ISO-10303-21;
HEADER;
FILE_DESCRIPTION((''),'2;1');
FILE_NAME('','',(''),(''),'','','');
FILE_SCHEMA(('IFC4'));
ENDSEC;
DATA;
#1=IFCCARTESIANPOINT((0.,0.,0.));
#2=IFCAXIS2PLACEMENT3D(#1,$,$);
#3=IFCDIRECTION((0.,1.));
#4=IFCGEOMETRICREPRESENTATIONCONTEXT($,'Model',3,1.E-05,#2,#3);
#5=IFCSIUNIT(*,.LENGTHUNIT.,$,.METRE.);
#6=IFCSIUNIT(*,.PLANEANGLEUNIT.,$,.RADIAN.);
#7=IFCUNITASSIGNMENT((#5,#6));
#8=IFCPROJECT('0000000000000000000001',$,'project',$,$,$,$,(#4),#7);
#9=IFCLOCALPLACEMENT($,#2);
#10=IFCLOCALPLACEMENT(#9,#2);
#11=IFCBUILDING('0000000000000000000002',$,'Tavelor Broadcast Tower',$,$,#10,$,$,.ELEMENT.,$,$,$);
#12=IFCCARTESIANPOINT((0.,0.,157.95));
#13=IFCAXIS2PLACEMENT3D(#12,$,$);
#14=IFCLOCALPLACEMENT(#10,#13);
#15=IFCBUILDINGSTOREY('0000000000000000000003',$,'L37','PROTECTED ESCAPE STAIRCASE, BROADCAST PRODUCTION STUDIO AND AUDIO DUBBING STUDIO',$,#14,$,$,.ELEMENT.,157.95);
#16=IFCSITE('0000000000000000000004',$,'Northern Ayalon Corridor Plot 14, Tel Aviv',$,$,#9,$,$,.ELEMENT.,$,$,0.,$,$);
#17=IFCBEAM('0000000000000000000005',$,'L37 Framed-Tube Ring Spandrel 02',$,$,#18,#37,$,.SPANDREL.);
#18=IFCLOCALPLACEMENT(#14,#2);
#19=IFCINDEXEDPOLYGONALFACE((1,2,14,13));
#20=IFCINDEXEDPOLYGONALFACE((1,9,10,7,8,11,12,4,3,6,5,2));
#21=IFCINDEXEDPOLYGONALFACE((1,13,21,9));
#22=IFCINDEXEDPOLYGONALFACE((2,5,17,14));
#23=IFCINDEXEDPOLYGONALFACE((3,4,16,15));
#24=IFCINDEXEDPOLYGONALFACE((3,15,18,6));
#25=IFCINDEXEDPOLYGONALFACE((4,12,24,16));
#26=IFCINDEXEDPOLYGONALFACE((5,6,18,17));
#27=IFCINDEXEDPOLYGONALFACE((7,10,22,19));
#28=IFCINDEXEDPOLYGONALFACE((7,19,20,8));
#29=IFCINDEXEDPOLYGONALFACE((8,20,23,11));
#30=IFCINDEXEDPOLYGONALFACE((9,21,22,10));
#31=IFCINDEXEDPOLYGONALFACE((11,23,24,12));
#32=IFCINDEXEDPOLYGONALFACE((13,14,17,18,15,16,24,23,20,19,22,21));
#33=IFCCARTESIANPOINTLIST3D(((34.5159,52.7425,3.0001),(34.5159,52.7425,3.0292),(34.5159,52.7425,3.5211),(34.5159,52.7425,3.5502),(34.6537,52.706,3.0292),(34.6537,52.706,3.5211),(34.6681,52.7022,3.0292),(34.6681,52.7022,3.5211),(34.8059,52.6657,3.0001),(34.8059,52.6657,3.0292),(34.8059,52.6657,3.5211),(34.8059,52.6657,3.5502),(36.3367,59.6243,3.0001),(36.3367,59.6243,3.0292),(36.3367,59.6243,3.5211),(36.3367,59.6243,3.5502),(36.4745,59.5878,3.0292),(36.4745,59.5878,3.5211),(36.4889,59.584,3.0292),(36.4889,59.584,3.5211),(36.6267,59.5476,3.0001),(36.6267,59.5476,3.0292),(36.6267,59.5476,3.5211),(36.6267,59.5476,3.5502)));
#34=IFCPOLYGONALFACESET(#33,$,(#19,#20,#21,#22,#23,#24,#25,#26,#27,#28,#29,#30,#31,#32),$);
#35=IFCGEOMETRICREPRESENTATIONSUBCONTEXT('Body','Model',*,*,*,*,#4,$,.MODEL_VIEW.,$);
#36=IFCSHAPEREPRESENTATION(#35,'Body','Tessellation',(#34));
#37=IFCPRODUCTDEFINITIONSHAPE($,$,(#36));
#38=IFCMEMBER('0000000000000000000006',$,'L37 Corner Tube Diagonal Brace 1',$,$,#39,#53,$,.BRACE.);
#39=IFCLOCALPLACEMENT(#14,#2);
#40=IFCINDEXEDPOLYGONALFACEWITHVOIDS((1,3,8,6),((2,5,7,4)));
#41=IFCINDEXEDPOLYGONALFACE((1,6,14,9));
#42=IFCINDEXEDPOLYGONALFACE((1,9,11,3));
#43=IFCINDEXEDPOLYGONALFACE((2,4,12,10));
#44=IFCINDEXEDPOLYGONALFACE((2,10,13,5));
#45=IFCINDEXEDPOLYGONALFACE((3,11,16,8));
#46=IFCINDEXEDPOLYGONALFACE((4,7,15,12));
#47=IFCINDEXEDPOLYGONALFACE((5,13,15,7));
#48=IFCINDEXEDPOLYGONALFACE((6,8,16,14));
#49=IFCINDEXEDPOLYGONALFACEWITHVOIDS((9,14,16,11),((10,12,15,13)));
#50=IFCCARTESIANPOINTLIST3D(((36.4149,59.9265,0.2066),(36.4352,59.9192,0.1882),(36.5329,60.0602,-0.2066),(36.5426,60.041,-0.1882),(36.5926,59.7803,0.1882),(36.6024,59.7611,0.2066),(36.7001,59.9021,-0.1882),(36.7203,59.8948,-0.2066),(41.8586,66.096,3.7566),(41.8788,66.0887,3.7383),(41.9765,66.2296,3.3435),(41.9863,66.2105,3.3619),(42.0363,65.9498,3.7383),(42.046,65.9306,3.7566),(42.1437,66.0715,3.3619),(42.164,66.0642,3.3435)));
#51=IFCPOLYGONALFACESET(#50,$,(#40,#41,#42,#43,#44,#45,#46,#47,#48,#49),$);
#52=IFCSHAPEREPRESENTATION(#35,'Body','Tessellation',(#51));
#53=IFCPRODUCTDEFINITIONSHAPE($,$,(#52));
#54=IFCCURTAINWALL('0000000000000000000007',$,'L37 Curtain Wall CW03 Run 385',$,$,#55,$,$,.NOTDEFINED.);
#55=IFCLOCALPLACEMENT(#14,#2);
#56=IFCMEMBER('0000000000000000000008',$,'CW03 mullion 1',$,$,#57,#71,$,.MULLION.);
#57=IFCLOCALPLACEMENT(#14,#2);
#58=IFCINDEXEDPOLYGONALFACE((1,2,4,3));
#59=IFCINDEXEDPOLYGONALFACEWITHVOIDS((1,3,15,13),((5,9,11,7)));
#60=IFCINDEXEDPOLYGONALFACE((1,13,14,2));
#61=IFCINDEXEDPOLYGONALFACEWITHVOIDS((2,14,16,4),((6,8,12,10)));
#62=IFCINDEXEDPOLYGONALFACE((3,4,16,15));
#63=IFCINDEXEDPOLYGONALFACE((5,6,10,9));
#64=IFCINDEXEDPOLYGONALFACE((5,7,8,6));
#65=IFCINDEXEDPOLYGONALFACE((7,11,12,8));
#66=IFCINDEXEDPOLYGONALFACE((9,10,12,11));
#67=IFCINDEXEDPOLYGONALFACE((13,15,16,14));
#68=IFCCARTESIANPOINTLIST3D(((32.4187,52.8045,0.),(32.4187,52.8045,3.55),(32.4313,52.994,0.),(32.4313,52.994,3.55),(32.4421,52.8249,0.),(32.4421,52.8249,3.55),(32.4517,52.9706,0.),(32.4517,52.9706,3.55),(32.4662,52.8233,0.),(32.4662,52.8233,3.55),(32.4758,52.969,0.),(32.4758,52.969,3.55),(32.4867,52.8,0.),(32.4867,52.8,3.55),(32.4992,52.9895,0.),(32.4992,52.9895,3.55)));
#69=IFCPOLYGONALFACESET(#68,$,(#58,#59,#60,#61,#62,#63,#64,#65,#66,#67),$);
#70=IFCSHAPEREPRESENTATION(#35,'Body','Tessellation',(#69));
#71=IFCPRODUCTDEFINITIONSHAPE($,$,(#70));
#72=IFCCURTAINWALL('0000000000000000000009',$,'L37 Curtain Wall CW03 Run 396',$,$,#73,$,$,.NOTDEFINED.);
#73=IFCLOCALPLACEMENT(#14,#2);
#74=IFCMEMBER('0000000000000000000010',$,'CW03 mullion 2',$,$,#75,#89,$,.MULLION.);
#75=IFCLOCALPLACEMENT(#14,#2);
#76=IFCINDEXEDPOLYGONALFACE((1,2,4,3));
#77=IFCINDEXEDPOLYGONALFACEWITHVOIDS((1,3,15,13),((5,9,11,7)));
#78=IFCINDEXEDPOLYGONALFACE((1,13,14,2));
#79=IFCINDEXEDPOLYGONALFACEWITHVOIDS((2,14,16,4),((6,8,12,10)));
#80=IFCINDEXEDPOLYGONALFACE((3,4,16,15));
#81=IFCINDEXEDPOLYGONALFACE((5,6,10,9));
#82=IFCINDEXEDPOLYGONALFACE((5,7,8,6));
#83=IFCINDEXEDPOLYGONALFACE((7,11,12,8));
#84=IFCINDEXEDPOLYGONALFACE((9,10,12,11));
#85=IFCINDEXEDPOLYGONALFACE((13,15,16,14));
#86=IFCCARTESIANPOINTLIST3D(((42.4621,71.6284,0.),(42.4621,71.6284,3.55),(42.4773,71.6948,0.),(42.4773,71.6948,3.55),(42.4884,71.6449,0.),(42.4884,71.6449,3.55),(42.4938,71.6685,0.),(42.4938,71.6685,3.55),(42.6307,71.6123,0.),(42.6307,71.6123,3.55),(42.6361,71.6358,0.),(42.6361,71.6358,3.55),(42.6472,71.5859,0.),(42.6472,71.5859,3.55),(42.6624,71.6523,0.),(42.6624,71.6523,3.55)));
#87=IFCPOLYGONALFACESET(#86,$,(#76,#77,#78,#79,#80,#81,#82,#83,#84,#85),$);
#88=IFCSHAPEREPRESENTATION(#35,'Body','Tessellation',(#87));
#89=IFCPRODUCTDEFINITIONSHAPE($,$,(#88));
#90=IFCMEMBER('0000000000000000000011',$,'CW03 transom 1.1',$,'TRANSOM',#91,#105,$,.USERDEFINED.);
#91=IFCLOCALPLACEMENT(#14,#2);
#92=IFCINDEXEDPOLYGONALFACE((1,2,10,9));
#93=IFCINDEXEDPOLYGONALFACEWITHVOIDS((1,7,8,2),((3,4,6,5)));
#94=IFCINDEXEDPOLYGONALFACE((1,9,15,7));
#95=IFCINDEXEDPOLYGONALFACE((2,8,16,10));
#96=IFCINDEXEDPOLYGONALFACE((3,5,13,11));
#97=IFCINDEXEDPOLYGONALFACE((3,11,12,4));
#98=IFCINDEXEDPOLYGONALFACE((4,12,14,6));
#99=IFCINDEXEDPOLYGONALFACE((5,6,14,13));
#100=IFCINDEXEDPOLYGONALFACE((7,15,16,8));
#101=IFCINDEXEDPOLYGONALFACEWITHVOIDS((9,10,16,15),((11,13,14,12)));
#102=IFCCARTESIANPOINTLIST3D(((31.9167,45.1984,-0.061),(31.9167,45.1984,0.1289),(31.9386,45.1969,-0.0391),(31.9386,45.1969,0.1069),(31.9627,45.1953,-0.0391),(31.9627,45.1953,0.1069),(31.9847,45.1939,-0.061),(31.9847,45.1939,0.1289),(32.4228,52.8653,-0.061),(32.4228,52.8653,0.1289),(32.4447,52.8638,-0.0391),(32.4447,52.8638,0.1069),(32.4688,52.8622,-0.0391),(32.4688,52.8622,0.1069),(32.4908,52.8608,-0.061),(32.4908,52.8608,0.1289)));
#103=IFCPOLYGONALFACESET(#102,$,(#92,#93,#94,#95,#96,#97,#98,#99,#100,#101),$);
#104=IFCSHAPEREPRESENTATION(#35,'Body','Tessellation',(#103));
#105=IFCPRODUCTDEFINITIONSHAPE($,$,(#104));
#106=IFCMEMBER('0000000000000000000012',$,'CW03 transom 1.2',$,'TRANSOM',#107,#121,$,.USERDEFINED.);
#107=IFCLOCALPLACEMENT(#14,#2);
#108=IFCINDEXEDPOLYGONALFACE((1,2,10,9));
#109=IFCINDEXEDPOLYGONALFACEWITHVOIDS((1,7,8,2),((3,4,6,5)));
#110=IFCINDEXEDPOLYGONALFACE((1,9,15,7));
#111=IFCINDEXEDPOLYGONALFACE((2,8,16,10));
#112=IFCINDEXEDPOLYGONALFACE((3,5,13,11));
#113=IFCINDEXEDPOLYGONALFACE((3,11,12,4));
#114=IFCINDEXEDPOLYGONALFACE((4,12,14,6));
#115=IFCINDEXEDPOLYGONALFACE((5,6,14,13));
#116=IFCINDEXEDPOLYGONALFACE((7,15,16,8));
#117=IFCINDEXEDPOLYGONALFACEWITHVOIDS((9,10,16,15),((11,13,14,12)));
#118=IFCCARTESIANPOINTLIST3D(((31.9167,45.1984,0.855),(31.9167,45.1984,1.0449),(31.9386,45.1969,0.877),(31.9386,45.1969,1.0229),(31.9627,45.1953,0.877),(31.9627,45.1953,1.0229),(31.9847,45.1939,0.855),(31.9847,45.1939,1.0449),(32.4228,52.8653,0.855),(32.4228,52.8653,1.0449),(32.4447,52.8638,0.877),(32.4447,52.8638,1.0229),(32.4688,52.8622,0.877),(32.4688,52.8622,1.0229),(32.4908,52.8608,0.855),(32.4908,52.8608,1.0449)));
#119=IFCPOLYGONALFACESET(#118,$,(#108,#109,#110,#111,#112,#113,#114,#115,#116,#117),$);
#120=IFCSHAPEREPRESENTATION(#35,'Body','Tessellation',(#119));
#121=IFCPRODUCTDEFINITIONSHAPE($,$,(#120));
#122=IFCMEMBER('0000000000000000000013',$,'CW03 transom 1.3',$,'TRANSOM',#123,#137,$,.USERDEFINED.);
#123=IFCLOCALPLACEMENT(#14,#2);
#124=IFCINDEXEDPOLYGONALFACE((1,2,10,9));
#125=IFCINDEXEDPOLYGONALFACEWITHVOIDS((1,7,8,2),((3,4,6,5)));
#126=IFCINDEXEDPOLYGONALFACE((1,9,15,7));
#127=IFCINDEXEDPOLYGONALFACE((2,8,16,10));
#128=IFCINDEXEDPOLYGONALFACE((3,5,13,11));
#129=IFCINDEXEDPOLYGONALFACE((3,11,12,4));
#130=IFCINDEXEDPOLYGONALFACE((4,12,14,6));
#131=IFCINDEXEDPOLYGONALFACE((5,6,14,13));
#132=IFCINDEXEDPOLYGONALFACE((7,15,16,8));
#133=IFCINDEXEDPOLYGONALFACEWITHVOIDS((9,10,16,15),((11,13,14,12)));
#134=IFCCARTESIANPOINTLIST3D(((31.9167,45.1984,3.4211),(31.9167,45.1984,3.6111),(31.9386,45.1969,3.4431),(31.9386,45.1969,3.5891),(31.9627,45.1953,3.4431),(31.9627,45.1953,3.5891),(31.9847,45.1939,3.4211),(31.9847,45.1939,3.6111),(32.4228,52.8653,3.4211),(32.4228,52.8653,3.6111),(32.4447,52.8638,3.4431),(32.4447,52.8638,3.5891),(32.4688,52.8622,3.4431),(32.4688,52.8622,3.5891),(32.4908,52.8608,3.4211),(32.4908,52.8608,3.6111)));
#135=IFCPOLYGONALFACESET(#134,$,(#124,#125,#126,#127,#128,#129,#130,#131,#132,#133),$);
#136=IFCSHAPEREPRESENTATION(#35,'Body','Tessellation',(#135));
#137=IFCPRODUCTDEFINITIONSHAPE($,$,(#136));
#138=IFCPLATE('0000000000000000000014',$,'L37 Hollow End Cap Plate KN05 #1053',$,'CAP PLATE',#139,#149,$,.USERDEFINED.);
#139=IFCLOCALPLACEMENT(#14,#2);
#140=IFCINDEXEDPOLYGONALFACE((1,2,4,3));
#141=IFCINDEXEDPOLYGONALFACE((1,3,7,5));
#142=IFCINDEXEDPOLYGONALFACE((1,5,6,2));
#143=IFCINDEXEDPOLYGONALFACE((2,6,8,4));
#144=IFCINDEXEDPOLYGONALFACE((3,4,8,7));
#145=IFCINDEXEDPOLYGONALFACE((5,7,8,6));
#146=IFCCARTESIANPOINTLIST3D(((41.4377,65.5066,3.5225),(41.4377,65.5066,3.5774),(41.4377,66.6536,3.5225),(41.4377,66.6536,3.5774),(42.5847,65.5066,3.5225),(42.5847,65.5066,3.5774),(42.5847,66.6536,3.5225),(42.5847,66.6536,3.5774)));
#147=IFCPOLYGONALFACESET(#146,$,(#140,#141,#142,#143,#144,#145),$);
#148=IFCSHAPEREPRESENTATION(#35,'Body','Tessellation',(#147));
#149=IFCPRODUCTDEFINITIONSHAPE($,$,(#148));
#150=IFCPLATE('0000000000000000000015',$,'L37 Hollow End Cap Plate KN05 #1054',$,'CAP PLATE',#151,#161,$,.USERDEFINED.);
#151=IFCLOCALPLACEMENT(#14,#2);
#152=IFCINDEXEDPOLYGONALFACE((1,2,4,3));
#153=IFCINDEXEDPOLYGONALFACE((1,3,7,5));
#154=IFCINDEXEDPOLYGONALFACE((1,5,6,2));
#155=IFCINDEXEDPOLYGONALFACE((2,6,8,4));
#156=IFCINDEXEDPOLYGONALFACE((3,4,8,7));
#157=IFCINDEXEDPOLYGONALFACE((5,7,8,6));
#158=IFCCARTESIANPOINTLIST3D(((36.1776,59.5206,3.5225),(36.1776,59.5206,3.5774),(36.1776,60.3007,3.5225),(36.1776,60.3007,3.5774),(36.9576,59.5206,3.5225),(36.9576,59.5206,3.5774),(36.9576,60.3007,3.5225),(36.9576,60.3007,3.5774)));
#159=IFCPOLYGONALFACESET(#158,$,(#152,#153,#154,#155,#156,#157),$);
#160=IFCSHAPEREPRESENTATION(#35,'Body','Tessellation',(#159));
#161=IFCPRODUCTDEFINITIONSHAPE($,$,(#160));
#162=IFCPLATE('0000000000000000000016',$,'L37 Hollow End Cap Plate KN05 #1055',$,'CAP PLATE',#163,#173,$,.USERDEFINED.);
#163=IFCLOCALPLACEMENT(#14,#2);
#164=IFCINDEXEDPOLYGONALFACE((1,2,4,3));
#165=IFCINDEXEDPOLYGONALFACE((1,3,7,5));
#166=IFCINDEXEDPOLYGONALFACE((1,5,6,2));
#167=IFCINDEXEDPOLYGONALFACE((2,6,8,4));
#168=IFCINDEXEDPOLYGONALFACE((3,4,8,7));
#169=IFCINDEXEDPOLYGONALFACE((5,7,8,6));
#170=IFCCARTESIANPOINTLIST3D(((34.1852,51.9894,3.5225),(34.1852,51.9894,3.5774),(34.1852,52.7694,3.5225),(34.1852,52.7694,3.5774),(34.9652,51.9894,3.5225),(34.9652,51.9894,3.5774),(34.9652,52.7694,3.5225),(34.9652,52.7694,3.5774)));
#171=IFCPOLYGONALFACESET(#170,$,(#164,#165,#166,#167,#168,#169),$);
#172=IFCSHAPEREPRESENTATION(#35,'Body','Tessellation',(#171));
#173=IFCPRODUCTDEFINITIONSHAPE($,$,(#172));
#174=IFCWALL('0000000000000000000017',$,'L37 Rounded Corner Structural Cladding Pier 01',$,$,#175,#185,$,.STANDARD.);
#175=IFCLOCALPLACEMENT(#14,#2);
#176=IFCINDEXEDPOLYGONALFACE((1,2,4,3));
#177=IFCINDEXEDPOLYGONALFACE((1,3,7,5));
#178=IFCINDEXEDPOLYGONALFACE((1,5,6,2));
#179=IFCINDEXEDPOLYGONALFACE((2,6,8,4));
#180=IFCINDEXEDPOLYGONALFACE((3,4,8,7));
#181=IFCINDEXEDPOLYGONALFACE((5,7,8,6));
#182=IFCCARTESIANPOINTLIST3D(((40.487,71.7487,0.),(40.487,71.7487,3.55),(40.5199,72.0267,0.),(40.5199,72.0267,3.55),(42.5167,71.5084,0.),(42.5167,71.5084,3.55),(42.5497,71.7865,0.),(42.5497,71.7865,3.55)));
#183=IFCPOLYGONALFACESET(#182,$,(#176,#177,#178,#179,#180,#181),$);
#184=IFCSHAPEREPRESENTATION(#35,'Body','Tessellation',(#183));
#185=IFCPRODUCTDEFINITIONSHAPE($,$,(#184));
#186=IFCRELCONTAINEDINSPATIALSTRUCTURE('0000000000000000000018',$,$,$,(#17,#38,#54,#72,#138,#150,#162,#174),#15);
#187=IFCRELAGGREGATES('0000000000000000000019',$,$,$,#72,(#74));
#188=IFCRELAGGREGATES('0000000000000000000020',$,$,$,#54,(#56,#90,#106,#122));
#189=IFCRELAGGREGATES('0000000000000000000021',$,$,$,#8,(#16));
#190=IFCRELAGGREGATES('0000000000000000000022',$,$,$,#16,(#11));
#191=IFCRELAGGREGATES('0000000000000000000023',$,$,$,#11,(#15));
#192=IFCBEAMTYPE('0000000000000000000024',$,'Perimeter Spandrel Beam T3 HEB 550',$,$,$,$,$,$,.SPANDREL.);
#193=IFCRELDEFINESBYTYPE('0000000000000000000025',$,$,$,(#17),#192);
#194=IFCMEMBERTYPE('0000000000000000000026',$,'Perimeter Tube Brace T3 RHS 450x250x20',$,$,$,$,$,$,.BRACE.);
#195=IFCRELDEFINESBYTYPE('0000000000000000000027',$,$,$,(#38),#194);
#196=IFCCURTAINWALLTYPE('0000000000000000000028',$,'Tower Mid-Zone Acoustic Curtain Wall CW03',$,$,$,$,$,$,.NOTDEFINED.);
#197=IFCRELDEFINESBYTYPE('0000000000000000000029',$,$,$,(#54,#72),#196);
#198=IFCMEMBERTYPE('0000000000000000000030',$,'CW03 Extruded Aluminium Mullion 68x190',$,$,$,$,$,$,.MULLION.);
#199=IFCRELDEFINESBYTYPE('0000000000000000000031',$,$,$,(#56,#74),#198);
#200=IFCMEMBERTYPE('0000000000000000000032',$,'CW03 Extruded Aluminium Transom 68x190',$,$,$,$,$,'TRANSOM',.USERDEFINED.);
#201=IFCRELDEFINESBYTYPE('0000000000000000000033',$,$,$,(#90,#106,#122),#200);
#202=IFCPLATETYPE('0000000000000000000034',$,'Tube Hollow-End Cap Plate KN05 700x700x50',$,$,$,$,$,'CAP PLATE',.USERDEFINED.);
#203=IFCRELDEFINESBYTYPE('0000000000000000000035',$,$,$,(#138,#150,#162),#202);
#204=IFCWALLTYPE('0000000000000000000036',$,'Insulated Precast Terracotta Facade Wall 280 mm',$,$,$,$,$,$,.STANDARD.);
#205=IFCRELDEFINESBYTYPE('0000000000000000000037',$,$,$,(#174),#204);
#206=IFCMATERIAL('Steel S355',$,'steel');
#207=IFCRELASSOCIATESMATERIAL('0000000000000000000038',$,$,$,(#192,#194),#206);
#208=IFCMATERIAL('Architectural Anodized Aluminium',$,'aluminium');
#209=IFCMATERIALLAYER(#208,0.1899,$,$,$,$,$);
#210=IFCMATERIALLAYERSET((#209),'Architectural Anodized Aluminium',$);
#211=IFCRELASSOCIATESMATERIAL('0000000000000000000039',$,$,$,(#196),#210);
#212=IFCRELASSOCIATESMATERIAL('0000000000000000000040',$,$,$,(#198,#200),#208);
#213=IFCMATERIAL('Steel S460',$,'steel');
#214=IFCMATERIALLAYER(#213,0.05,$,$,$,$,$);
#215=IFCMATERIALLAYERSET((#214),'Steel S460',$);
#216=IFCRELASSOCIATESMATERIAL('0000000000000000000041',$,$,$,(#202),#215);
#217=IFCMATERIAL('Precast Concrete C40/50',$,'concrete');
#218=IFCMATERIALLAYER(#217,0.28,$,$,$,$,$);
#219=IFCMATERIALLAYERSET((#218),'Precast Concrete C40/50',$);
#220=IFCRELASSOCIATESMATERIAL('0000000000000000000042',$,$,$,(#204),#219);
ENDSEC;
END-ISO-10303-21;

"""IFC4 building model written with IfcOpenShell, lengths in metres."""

from ifc_helpers import new_model, si_unit, direction, frame, frame_2d, origin, origin_2d, place, context, subcontext, project, spatial, rectangle, hollow_rectangle, i_section, extrude, source, transform, mapped, material, layer, layer_set, material_profile, profile_set, type_object, type_shapes, element, aggregate, save


model = new_model("IFC4")

# Units and contexts
model_context = context("Model", 3, precision=1e-05, world=origin(), true_north=direction((0.0, 1.0)))
body_context = subcontext(model_context, "Body", "Model", "MODEL_VIEW")
ifc_project = project(units=[si_unit("LENGTHUNIT", "METRE"), si_unit("PLANEANGLEUNIT", "RADIAN")], contexts=[model_context])

# Site, building, storey
site_placement = place(None, origin())
site = spatial("IfcSite", under=ifc_project, at=site_placement, Name="Northern Ayalon Corridor Plot 14, Tel Aviv", CompositionType="ELEMENT", RefElevation=0.0)
building_placement = place(site_placement, origin())
building = spatial("IfcBuilding", under=site, at=building_placement, Name="Tavelor Broadcast Tower", CompositionType="ELEMENT")
storey_placement = place(building_placement, frame((0.0, 0.0, 157.95)))
storey = spatial("IfcBuildingStorey", under=building, at=storey_placement, Name="L37", Description="PROTECTED ESCAPE STAIRCASE, BROADCAST PRODUCTION STUDIO AND AUDIO DUBBING STUDIO", CompositionType="ELEMENT", Elevation=157.95)

# Shared definitions
ifc_material_1 = material(Name="Steel S460", Category="steel")

# Beam
ifc_material_2 = material(Name="Steel S355", Category="steel")
ifc_material_profile_1 = material_profile(ifc_material_2, i_section(OverallWidth=0.3, OverallDepth=0.55, WebThickness=0.0149, FlangeThickness=0.0291, at=origin_2d()), Name="HEB 550")
ifc_profile_set_1 = profile_set([ifc_material_profile_1], Name="Steel S355")
beam_type_1 = type_object("IfcBeamType", Name="Perimeter Spandrel Beam T3 HEB 550", PredefinedType="SPANDREL", material=ifc_profile_set_1)
beam_1_placement = place(storey_placement, frame((36.4817, 59.5859, 3.2751), z_axis=(-0.255779, -0.966735, 0.0), x_axis=(0.966735, -0.255779, 0.0)))
element("IfcBeam", 1, at=beam_1_placement, inside=storey, type_object=beam_type_1, Name="L37 Framed-Tube Ring Spandrel 02", PredefinedType="SPANDREL", context=body_context, shape_type="SweptSolid", body=[
    extrude(i_section(OverallWidth=0.3, OverallDepth=0.55, WebThickness=0.0149, FlangeThickness=0.0291, at=origin_2d()), origin(), (0.0, 0.0, 1.0), 7.1187),
])

# Member
ifc_material_profile_2 = material_profile(ifc_material_2, hollow_rectangle(XDim=0.25, YDim=0.45, WallThickness=0.02, at=origin_2d()), Name="RHS 450x250x20")
ifc_profile_set_2 = profile_set([ifc_material_profile_2], Name="Steel S355")
member_type_1 = type_object("IfcMemberType", Name="Perimeter Tube Brace T3 RHS 450x250x20", PredefinedType="BRACE", material=ifc_profile_set_2)
member_1_placement = place(storey_placement, frame((36.5676, 59.9106, 0.0), z_axis=(0.607485, 0.688484, 0.396171), x_axis=(-0.749839, 0.661621, 0.0)))
element("IfcMember", 2, at=member_1_placement, inside=storey, type_object=member_type_1, Name="L37 Corner Tube Diagonal Brace 1", PredefinedType="BRACE", context=body_context, shape_type="SweptSolid", body=[
    extrude(hollow_rectangle(XDim=0.25, YDim=0.45, WallThickness=0.02, at=origin_2d()), origin(), (0.0, 0.0, 1.0), 8.9609),
])

# Curtain walls, members
ifc_material_3 = material(Name="Architectural Anodized Aluminium", Category="aluminium")
ifc_layer_1 = layer(ifc_material_3, 0.1899)
ifc_layer_set_1 = layer_set([ifc_layer_1], Name="Architectural Anodized Aluminium")
curtain_wall_type = type_object("IfcCurtainWallType", Name="Tower Mid-Zone Acoustic Curtain Wall CW03", PredefinedType="NOTDEFINED", material=ifc_layer_set_1)
curtain_wall_1_placement = place(storey_placement, origin())
curtain_wall_1 = element("IfcCurtainWall", 3, at=curtain_wall_1_placement, inside=storey, type_object=curtain_wall_type, Name="L37 Curtain Wall CW03 Run 385", PredefinedType="NOTDEFINED")
ifc_material_profile_3 = material_profile(ifc_material_3, hollow_rectangle(XDim=0.0681, YDim=0.1899, WallThickness=0.022, at=origin_2d()), Name="RHS 68x190x22")
ifc_profile_set_3 = profile_set([ifc_material_profile_3], Name="Architectural Anodized Aluminium")
member_type_2 = type_object("IfcMemberType", Name="CW03 Extruded Aluminium Mullion 68x190", PredefinedType="MULLION", material=ifc_profile_set_3)
shared_shape_1 = source(origin(), body_context, "Body", "SweptSolid", [
    extrude(hollow_rectangle(XDim=0.0681, YDim=0.1899, WallThickness=0.022, at=origin_2d()), origin(), (0.0, 0.0, 1.0), 3.55),
])
type_shapes(member_type_2, [shared_shape_1])
member_2_placement = place(storey_placement, frame((32.459, 52.897, 0.0), z_axis=(0.0, 0.0, 1.0), x_axis=(0.99783, -0.065848, 0.0)))
member_2 = element("IfcMember", 4, at=member_2_placement, type_object=member_type_2, Name="CW03 mullion 1", PredefinedType="MULLION", context=body_context, shape_type="MappedRepresentation", body=[
    mapped(shared_shape_1, transform((0.0, 0.0, 0.0), scale=1.0)),
])
curtain_wall_2_placement = place(storey_placement, origin())
curtain_wall_2 = element("IfcCurtainWall", 5, at=curtain_wall_2_placement, inside=storey, type_object=curtain_wall_type, Name="L37 Curtain Wall CW03 Run 396", PredefinedType="NOTDEFINED")
member_3_placement = place(storey_placement, frame((42.5623, 71.6404, 0.0), z_axis=(0.0, 0.0, 1.0), x_axis=(-0.223653, -0.974669, 0.0)))
member_3 = element("IfcMember", 6, at=member_3_placement, type_object=member_type_2, Name="CW03 mullion 2", PredefinedType="MULLION", context=body_context, shape_type="MappedRepresentation", body=[
    mapped(shared_shape_1, transform((0.0, 0.0, 0.0), scale=1.0)),
])
aggregate(curtain_wall_2, [member_3])

# Members
ifc_material_profile_4 = material_profile(ifc_material_3, hollow_rectangle(XDim=0.0681, YDim=0.1899, WallThickness=0.022, at=origin_2d()), Name="RHS 68x190x22")
ifc_profile_set_4 = profile_set([ifc_material_profile_4], Name="Architectural Anodized Aluminium")
member_type_3 = type_object("IfcMemberType", Name="CW03 Extruded Aluminium Transom 68x190", ElementType="TRANSOM", PredefinedType="USERDEFINED", material=ifc_profile_set_4)
shared_shape_2 = source(origin(), body_context, "Body", "SweptSolid", [
    extrude(hollow_rectangle(XDim=0.0681, YDim=0.1899, WallThickness=0.022, at=origin_2d()), origin(), (0.0, 0.0, 1.0), 7.6836),
])
type_shapes(member_type_3, [shared_shape_2])
member_4_placement = place(storey_placement, frame((32.4568, 52.863, 0.0339), z_axis=(-0.065867, -0.997828, 0.0), x_axis=(0.997828, -0.065867, 0.0)))
member_4 = element("IfcMember", 7, at=member_4_placement, type_object=member_type_3, Name="CW03 transom 1.1", ObjectType="TRANSOM", PredefinedType="USERDEFINED", context=body_context, shape_type="MappedRepresentation", body=[
    mapped(shared_shape_2, transform((0.0, 0.0, 0.0), scale=1.0)),
])
member_5_placement = place(storey_placement, frame((32.4568, 52.863, 0.95), z_axis=(-0.065867, -0.997828, 0.0), x_axis=(0.997828, -0.065867, 0.0)))
member_5 = element("IfcMember", 8, at=member_5_placement, type_object=member_type_3, Name="CW03 transom 1.2", ObjectType="TRANSOM", PredefinedType="USERDEFINED", context=body_context, shape_type="MappedRepresentation", body=[
    mapped(shared_shape_2, transform((0.0, 0.0, 0.0), scale=1.0)),
])
member_6_placement = place(storey_placement, frame((32.4568, 52.863, 3.5161), z_axis=(-0.065867, -0.997828, 0.0), x_axis=(0.997828, -0.065867, 0.0)))
member_6 = element("IfcMember", 9, at=member_6_placement, type_object=member_type_3, Name="CW03 transom 1.3", ObjectType="TRANSOM", PredefinedType="USERDEFINED", context=body_context, shape_type="MappedRepresentation", body=[
    mapped(shared_shape_2, transform((0.0, 0.0, 0.0), scale=1.0)),
])
aggregate(curtain_wall_1, [member_2, member_4, member_5, member_6])

# Plates
ifc_layer_2 = layer(ifc_material_1, 0.05)
ifc_layer_set_2 = layer_set([ifc_layer_2], Name="Steel S460")
plate_type = type_object("IfcPlateType", Name="Tube Hollow-End Cap Plate KN05 700x700x50", ElementType="CAP PLATE", PredefinedType="USERDEFINED", material=ifc_layer_set_2)
shared_shape_3 = source(origin(), body_context, "Body", "SweptSolid", [
    extrude(rectangle(XDim=1.147, YDim=1.147, at=origin_2d()), origin(), (0.0, 0.0, 1.0), 0.0549),
])
plate_placement = place(storey_placement, frame((42.0112, 66.0801, 3.5225), z_axis=(0.0, 0.0, 1.0), x_axis=(1.0, 0.0, 0.0)))
element("IfcPlate", 10, at=plate_placement, inside=storey, type_object=plate_type, Name="L37 Hollow End Cap Plate KN05 #1053", ObjectType="CAP PLATE", PredefinedType="USERDEFINED", context=body_context, shape_type="MappedRepresentation", body=[
    mapped(shared_shape_3, transform((0.0, 0.0, 0.0), scale=1.0)),
])
shared_shape_4 = source(origin(), body_context, "Body", "SweptSolid", [
    extrude(rectangle(XDim=0.78, YDim=0.78, at=origin_2d()), origin(), (0.0, 0.0, 1.0), 0.0549),
])
type_shapes(plate_type, [shared_shape_3, shared_shape_4])
for number, where, z_axis, x_axis, name in (
    (11, (36.5676, 59.9106, 3.5225), (0.0, 0.0, 1.0), (1.0, 0.0, 0.0), "L37 Hollow End Cap Plate KN05 #1054"),
    (12, (34.5752, 52.3794, 3.5225), (0.0, 0.0, 1.0), (1.0, 0.0, 0.0), "L37 Hollow End Cap Plate KN05 #1055"),
):
    element("IfcPlate", number, at=place(storey_placement, frame(where, z_axis=z_axis, x_axis=x_axis)), inside=storey, type_object=plate_type, Name=name, ObjectType="CAP PLATE", PredefinedType="USERDEFINED", context=body_context, shape_type="MappedRepresentation", body=[
        mapped(shared_shape_4, transform((0.0, 0.0, 0.0), scale=1.0)),
    ])

# Wall
ifc_material_4 = material(Name="Precast Concrete C40/50", Category="concrete")
ifc_layer_3 = layer(ifc_material_4, 0.28)
ifc_layer_set_3 = layer_set([ifc_layer_3], Name="Precast Concrete C40/50")
wall_type_1 = type_object("IfcWallType", Name="Insulated Precast Terracotta Facade Wall 280 mm", PredefinedType="STANDARD", material=ifc_layer_set_3)
wall_1_placement = place(storey_placement, frame((42.5332, 71.6475, 0.0), z_axis=(0.0, 0.0, 1.0), x_axis=(-0.993069, 0.117534, 0.0)))
element("IfcWall", 13, at=wall_1_placement, inside=storey, type_object=wall_type_1, Name="L37 Rounded Corner Structural Cladding Pier 01", PredefinedType="STANDARD", context=body_context, shape_type="SweptSolid", body=[
    extrude(rectangle(XDim=2.0439, YDim=0.28, at=frame_2d((1.022, 0.0))), origin(), (0.0, 0.0, 1.0), 3.55),
])

save(model, "model.ifc")
